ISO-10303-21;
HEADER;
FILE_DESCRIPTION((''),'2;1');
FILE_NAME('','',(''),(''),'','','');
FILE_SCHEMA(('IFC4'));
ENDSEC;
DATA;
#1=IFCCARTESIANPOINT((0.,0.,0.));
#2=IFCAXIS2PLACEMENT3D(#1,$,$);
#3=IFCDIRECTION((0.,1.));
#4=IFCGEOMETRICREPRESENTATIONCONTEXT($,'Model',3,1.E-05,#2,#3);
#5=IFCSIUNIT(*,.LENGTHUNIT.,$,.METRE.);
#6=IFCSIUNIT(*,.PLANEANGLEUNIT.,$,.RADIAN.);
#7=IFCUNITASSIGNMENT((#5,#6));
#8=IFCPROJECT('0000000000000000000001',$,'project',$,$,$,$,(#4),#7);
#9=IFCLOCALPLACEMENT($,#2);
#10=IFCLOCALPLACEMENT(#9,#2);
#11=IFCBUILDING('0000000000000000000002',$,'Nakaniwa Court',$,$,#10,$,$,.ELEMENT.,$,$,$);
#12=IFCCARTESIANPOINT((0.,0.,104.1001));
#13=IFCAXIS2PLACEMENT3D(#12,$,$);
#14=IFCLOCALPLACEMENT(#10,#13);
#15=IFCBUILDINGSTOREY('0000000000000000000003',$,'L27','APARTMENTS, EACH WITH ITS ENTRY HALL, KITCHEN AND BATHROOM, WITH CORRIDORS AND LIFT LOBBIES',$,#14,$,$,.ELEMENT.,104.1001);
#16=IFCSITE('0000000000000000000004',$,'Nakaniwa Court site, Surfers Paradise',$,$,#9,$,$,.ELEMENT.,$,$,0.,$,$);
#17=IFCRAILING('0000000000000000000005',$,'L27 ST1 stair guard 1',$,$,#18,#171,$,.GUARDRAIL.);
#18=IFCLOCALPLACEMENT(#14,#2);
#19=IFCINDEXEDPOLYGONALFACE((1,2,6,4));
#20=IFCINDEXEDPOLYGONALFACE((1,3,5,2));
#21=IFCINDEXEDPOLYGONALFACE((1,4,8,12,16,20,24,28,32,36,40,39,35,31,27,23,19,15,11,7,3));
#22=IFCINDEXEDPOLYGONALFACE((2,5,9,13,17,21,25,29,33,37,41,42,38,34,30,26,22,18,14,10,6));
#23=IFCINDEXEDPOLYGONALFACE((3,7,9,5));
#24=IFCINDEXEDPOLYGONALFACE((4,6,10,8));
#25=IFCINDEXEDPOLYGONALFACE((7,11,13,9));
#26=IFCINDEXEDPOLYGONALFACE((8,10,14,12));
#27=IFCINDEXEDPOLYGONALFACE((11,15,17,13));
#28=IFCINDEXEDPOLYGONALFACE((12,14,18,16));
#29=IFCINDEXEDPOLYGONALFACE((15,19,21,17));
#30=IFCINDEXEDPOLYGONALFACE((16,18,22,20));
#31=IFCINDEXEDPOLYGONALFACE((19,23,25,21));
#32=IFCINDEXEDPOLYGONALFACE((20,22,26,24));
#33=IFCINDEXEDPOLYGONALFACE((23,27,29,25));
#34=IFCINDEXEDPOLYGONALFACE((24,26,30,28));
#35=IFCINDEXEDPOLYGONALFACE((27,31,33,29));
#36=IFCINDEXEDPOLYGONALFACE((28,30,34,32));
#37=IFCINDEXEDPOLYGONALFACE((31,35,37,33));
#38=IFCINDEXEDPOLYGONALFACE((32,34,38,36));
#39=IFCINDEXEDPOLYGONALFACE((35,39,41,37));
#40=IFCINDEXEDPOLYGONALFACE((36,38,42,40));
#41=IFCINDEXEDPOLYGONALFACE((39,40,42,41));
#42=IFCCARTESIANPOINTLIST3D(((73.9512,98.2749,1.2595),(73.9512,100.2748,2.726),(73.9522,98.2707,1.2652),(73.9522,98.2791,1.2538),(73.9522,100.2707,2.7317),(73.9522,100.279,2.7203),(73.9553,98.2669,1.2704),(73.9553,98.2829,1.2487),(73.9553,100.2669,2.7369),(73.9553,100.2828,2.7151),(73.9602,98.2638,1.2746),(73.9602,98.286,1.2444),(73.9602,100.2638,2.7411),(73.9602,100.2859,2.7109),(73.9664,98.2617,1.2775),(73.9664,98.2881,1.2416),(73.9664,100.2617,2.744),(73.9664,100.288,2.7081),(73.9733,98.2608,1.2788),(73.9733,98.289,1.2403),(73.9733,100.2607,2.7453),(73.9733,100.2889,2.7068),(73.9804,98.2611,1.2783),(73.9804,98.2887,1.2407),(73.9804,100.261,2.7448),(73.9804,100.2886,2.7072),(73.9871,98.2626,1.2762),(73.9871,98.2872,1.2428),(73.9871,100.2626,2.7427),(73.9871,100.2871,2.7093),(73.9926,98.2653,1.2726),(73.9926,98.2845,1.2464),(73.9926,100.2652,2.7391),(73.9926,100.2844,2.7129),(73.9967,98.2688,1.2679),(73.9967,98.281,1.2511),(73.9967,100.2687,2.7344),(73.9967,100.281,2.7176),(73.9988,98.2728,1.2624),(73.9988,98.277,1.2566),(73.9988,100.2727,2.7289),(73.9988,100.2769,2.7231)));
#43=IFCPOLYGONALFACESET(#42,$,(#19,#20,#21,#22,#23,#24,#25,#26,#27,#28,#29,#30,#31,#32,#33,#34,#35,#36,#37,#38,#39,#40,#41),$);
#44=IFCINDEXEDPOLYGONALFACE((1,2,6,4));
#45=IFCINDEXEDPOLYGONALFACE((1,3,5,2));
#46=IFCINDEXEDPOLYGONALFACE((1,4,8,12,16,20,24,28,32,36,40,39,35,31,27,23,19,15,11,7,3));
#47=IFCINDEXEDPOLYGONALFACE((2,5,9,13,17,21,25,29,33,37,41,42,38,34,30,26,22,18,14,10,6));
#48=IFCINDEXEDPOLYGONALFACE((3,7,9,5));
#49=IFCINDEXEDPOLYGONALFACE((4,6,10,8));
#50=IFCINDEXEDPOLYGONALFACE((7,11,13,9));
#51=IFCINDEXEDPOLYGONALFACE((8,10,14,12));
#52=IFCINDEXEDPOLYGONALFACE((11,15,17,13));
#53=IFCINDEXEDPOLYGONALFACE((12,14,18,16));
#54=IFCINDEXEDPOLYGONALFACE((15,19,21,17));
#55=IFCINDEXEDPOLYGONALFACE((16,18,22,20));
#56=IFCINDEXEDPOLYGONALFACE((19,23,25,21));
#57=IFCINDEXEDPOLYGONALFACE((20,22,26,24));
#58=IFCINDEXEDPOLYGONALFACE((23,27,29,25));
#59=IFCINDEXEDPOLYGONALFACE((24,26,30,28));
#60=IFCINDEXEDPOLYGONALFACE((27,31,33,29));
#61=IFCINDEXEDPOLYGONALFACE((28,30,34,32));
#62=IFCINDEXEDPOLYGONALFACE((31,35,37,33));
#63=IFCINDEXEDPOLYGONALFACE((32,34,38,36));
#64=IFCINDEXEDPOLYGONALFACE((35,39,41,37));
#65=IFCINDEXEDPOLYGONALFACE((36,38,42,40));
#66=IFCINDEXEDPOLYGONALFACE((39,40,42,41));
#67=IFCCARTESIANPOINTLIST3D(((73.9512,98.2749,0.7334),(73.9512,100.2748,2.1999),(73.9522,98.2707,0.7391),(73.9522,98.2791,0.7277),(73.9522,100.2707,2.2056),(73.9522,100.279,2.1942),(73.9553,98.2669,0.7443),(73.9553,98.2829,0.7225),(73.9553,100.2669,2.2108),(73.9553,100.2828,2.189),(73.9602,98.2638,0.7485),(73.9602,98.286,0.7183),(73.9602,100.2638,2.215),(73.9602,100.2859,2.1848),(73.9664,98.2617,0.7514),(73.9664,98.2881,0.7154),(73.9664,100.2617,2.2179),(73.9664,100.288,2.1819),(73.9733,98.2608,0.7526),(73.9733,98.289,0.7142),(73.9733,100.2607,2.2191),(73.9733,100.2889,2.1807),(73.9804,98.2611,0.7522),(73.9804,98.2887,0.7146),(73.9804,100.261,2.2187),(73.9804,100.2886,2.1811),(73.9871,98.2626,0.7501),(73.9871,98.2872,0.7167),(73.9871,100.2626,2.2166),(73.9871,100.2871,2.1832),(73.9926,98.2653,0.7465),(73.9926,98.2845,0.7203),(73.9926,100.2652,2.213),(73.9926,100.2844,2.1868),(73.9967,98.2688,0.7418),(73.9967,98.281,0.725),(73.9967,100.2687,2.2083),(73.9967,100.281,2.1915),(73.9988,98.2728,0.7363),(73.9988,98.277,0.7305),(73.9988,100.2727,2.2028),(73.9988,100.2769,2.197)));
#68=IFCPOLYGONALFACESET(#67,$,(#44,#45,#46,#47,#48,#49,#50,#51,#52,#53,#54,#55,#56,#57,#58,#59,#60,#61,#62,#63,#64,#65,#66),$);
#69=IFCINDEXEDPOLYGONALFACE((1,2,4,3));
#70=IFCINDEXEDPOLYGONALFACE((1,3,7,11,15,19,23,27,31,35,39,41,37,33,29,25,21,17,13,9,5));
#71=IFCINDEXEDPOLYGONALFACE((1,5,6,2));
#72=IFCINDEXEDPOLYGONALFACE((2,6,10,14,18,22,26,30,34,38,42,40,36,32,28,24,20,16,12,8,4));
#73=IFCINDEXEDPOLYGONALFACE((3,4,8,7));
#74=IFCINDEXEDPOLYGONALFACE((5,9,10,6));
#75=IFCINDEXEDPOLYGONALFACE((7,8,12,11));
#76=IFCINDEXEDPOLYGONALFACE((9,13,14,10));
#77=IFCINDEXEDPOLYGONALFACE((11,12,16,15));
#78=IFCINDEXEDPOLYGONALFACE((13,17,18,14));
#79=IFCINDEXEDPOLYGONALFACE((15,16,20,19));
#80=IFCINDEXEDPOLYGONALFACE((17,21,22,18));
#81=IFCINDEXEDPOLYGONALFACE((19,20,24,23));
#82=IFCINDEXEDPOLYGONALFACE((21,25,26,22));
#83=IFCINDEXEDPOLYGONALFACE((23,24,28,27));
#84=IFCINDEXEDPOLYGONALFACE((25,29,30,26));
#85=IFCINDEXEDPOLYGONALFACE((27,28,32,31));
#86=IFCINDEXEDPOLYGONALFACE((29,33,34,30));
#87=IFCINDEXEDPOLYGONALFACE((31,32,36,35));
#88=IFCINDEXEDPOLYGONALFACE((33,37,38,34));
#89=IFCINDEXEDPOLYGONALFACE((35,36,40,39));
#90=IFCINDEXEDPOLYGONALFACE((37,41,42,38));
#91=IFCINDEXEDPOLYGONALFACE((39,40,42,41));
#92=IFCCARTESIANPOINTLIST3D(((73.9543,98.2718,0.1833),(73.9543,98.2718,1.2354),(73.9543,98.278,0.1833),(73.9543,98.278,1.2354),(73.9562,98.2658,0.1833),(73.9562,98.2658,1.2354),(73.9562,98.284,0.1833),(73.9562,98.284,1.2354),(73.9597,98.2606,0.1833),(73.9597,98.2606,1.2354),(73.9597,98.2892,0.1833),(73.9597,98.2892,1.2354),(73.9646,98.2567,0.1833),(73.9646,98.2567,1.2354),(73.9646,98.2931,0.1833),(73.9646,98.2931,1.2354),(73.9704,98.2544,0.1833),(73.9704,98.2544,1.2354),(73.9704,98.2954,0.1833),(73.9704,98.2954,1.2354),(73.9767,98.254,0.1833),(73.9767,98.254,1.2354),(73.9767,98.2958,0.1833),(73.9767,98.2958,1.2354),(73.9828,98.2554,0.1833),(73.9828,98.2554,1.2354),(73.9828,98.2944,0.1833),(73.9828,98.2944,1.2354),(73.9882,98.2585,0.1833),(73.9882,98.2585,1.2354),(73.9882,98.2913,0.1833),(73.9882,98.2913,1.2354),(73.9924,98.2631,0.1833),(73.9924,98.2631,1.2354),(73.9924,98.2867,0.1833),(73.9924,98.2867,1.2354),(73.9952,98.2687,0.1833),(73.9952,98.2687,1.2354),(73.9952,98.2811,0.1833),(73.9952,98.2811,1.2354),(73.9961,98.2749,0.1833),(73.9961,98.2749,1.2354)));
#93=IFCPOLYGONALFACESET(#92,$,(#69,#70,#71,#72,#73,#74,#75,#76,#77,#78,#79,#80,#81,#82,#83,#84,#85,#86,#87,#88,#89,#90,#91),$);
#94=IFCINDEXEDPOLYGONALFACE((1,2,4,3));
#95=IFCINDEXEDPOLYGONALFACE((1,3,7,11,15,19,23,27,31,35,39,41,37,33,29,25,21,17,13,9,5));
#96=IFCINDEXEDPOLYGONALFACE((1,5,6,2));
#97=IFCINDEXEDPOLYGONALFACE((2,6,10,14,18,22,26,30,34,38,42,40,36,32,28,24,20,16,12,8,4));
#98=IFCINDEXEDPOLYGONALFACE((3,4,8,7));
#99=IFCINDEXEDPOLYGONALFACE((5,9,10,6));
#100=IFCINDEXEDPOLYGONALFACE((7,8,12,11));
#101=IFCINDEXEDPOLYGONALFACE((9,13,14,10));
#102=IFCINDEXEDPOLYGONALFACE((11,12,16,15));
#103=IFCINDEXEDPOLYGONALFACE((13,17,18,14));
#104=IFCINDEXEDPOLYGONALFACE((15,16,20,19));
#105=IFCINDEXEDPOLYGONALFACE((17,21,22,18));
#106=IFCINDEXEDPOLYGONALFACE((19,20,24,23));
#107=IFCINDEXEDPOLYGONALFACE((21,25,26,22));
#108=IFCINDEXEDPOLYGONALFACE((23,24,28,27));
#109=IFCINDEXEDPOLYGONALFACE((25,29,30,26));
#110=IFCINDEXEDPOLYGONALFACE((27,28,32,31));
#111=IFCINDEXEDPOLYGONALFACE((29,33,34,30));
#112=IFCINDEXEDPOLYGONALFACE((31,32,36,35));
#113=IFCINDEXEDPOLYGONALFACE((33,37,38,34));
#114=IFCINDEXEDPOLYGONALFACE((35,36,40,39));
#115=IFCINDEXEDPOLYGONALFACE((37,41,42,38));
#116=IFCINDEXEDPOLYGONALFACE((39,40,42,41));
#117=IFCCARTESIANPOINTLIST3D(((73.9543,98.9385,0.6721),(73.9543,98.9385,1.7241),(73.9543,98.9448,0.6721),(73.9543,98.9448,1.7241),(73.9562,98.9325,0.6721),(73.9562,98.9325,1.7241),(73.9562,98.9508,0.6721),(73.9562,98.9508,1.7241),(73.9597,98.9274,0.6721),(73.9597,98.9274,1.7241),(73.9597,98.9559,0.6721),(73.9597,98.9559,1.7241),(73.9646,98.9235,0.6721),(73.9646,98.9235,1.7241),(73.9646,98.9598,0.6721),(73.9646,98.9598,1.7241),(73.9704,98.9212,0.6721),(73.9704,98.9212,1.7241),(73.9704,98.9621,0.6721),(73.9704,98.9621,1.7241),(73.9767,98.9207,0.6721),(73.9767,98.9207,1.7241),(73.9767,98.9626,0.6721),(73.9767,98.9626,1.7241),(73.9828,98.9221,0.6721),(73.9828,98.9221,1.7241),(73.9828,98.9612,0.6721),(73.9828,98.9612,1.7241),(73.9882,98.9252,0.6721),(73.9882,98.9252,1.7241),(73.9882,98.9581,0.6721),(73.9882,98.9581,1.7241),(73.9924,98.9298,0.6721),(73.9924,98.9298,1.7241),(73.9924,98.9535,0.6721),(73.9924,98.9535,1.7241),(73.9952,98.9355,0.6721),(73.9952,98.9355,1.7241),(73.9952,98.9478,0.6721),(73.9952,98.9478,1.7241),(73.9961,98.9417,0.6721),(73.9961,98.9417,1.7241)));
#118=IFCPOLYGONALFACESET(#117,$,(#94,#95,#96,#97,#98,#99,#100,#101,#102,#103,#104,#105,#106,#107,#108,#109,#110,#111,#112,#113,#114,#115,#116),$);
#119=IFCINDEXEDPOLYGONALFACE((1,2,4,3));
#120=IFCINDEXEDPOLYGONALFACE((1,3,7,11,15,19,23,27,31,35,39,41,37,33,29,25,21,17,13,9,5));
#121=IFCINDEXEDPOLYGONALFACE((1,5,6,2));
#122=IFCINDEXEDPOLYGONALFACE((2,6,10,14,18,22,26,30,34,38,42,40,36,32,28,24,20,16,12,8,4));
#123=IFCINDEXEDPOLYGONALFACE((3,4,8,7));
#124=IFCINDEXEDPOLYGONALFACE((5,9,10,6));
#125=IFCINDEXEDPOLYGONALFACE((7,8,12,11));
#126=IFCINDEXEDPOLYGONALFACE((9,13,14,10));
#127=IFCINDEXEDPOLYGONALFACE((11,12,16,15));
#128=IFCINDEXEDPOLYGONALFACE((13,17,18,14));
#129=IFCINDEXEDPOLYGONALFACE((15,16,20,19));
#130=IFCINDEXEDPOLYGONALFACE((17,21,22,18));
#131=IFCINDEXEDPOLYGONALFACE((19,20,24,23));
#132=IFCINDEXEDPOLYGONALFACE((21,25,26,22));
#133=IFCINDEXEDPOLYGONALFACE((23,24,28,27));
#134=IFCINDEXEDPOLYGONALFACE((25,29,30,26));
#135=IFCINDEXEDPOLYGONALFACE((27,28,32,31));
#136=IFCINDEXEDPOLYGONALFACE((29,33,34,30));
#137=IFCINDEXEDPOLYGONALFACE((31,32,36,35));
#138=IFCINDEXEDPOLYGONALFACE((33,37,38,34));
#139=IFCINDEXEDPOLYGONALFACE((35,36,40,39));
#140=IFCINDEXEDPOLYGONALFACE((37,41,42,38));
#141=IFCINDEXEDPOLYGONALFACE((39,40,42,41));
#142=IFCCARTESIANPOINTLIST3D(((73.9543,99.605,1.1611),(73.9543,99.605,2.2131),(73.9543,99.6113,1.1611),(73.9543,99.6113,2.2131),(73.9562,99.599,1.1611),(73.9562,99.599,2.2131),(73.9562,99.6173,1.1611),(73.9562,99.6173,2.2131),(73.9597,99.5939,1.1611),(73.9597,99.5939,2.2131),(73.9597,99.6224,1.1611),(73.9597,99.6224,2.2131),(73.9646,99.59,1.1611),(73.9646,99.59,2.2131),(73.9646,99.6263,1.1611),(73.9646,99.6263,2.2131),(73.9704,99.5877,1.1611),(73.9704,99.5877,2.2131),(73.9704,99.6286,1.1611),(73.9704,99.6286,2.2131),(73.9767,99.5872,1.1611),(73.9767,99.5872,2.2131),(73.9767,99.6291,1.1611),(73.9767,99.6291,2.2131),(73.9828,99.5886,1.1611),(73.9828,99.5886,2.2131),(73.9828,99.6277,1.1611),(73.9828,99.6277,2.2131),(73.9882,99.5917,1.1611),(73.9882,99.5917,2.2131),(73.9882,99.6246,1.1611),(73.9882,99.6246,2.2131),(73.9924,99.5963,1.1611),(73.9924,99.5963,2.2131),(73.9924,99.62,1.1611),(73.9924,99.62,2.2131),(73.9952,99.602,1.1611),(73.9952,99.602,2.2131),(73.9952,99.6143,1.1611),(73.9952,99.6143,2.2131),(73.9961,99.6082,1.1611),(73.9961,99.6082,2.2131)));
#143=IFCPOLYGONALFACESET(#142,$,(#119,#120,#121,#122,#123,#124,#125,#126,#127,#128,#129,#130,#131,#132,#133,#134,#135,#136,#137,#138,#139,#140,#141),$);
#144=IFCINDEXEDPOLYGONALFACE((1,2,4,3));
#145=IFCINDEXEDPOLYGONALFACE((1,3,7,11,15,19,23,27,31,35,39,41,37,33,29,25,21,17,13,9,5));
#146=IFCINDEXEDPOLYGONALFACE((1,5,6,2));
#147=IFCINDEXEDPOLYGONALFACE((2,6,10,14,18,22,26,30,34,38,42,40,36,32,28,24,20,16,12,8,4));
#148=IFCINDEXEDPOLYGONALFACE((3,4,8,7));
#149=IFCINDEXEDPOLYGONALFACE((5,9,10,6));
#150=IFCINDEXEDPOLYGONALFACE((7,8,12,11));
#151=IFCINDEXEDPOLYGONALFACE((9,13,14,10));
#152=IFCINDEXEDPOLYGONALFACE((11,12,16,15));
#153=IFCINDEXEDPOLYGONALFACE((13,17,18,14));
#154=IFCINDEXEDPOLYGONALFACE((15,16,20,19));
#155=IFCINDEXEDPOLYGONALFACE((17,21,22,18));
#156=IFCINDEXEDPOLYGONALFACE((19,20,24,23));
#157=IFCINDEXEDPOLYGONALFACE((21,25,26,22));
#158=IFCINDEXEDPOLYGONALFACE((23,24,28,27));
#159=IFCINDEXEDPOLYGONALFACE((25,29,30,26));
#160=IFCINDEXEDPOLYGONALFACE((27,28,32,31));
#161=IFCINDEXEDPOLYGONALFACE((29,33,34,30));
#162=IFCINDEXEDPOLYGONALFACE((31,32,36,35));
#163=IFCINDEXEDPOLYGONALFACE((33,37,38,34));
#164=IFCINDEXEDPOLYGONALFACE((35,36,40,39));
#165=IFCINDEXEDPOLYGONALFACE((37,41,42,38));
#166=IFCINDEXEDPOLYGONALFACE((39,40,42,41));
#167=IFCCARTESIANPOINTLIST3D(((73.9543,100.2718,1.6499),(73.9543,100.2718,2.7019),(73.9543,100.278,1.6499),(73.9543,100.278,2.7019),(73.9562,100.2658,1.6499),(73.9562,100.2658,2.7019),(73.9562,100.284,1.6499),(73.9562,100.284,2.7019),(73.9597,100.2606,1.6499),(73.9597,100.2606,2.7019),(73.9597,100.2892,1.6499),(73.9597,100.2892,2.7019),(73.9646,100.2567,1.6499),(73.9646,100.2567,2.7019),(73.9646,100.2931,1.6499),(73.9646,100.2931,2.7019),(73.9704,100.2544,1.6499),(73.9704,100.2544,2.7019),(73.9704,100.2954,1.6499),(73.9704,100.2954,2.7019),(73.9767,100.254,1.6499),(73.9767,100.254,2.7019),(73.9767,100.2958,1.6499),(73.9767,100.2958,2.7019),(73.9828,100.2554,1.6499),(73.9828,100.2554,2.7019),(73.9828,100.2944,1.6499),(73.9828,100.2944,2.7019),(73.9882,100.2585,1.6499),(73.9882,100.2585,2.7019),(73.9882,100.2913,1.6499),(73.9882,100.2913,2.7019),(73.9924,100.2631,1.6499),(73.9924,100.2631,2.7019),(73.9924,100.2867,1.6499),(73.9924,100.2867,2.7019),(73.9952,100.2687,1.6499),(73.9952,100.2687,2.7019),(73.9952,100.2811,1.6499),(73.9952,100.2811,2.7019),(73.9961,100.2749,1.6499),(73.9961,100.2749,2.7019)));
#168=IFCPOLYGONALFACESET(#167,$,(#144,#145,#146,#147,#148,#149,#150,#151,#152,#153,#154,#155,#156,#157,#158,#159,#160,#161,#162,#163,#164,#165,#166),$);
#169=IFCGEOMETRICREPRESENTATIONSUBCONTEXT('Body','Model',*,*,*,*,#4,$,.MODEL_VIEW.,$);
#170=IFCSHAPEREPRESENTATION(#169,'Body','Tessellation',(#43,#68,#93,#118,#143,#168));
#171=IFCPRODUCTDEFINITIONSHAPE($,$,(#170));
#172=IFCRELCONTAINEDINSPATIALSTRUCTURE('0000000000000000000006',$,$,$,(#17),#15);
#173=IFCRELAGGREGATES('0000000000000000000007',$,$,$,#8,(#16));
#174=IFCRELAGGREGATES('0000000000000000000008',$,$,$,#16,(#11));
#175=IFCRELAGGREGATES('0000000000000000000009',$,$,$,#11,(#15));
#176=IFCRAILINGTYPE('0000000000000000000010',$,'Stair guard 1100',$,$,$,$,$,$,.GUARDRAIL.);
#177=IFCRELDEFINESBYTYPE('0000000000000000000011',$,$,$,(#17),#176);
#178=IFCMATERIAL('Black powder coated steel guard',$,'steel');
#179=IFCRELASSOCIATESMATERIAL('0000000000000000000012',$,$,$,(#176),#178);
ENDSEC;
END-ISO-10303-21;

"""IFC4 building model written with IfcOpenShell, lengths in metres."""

from ifc_helpers import new_model, si_unit, direction, frame, origin, origin_2d, place, context, subcontext, project, spatial, circle, extrude, material, type_object, element, save


model = new_model("IFC4")

# Units and contexts
model_context = context("Model", 3, precision=1e-05, world=origin(), true_north=direction((0.0, 1.0)))
body_context = subcontext(model_context, "Body", "Model", "MODEL_VIEW")
ifc_project = project(units=[si_unit("LENGTHUNIT", "METRE"), si_unit("PLANEANGLEUNIT", "RADIAN")], contexts=[model_context])

# Site, building, storey
site_placement = place(None, origin())
site = spatial("IfcSite", under=ifc_project, at=site_placement, Name="Nakaniwa Court site, Surfers Paradise", CompositionType="ELEMENT", RefElevation=0.0)
building_placement = place(site_placement, origin())
building = spatial("IfcBuilding", under=site, at=building_placement, Name="Nakaniwa Court", CompositionType="ELEMENT")
storey_placement = place(building_placement, frame((0.0, 0.0, 104.1001)))
storey = spatial("IfcBuildingStorey", under=building, at=storey_placement, Name="L27", Description="APARTMENTS, EACH WITH ITS ENTRY HALL, KITCHEN AND BATHROOM, WITH CORRIDORS AND LIFT LOBBIES", CompositionType="ELEMENT", Elevation=104.1001)

# Railing
ifc_material_1 = material(Name="Black powder coated steel guard", Category="steel")
railing_type_1 = type_object("IfcRailingType", Name="Stair guard 1100", PredefinedType="GUARDRAIL", material=ifc_material_1)
railing_1_placement = place(storey_placement, frame((73.9751, 98.2749, 0.1833)))
element("IfcRailing", 1, at=railing_1_placement, inside=storey, type_object=railing_type_1, Name="L27 ST1 stair guard 1", PredefinedType="GUARDRAIL", context=body_context, shape_type="SweptSolid", body=[
    extrude(circle(Radius=0.0239, at=origin_2d()), frame((0.0, 0.0, 1.0762), z_axis=(0.0, 0.806427, 0.591334), x_axis=(-1.0, 0.0, 0.0)), (0.0, 0.0, 1.0), 2.48),
    extrude(circle(Radius=0.0239, at=origin_2d()), frame((0.0, 0.0, 0.55), z_axis=(0.0, 0.806427, 0.591334), x_axis=(-1.0, 0.0, 0.0)), (0.0, 0.0, 1.0), 2.48),
    extrude(circle(Radius=0.021, at=origin_2d()), origin(), (0.0, 0.0, 1.0), 1.052),
    extrude(circle(Radius=0.021, at=origin_2d()), frame((0.0, 0.6667, 0.4888)), (0.0, 0.0, 1.0), 1.052),
    extrude(circle(Radius=0.021, at=origin_2d()), frame((0.0, 1.3333, 0.9778)), (0.0, 0.0, 1.0), 1.052),
    extrude(circle(Radius=0.021, at=origin_2d()), frame((0.0, 2.0, 1.4666)), (0.0, 0.0, 1.0), 1.052),
])

save(model, "model.ifc")
